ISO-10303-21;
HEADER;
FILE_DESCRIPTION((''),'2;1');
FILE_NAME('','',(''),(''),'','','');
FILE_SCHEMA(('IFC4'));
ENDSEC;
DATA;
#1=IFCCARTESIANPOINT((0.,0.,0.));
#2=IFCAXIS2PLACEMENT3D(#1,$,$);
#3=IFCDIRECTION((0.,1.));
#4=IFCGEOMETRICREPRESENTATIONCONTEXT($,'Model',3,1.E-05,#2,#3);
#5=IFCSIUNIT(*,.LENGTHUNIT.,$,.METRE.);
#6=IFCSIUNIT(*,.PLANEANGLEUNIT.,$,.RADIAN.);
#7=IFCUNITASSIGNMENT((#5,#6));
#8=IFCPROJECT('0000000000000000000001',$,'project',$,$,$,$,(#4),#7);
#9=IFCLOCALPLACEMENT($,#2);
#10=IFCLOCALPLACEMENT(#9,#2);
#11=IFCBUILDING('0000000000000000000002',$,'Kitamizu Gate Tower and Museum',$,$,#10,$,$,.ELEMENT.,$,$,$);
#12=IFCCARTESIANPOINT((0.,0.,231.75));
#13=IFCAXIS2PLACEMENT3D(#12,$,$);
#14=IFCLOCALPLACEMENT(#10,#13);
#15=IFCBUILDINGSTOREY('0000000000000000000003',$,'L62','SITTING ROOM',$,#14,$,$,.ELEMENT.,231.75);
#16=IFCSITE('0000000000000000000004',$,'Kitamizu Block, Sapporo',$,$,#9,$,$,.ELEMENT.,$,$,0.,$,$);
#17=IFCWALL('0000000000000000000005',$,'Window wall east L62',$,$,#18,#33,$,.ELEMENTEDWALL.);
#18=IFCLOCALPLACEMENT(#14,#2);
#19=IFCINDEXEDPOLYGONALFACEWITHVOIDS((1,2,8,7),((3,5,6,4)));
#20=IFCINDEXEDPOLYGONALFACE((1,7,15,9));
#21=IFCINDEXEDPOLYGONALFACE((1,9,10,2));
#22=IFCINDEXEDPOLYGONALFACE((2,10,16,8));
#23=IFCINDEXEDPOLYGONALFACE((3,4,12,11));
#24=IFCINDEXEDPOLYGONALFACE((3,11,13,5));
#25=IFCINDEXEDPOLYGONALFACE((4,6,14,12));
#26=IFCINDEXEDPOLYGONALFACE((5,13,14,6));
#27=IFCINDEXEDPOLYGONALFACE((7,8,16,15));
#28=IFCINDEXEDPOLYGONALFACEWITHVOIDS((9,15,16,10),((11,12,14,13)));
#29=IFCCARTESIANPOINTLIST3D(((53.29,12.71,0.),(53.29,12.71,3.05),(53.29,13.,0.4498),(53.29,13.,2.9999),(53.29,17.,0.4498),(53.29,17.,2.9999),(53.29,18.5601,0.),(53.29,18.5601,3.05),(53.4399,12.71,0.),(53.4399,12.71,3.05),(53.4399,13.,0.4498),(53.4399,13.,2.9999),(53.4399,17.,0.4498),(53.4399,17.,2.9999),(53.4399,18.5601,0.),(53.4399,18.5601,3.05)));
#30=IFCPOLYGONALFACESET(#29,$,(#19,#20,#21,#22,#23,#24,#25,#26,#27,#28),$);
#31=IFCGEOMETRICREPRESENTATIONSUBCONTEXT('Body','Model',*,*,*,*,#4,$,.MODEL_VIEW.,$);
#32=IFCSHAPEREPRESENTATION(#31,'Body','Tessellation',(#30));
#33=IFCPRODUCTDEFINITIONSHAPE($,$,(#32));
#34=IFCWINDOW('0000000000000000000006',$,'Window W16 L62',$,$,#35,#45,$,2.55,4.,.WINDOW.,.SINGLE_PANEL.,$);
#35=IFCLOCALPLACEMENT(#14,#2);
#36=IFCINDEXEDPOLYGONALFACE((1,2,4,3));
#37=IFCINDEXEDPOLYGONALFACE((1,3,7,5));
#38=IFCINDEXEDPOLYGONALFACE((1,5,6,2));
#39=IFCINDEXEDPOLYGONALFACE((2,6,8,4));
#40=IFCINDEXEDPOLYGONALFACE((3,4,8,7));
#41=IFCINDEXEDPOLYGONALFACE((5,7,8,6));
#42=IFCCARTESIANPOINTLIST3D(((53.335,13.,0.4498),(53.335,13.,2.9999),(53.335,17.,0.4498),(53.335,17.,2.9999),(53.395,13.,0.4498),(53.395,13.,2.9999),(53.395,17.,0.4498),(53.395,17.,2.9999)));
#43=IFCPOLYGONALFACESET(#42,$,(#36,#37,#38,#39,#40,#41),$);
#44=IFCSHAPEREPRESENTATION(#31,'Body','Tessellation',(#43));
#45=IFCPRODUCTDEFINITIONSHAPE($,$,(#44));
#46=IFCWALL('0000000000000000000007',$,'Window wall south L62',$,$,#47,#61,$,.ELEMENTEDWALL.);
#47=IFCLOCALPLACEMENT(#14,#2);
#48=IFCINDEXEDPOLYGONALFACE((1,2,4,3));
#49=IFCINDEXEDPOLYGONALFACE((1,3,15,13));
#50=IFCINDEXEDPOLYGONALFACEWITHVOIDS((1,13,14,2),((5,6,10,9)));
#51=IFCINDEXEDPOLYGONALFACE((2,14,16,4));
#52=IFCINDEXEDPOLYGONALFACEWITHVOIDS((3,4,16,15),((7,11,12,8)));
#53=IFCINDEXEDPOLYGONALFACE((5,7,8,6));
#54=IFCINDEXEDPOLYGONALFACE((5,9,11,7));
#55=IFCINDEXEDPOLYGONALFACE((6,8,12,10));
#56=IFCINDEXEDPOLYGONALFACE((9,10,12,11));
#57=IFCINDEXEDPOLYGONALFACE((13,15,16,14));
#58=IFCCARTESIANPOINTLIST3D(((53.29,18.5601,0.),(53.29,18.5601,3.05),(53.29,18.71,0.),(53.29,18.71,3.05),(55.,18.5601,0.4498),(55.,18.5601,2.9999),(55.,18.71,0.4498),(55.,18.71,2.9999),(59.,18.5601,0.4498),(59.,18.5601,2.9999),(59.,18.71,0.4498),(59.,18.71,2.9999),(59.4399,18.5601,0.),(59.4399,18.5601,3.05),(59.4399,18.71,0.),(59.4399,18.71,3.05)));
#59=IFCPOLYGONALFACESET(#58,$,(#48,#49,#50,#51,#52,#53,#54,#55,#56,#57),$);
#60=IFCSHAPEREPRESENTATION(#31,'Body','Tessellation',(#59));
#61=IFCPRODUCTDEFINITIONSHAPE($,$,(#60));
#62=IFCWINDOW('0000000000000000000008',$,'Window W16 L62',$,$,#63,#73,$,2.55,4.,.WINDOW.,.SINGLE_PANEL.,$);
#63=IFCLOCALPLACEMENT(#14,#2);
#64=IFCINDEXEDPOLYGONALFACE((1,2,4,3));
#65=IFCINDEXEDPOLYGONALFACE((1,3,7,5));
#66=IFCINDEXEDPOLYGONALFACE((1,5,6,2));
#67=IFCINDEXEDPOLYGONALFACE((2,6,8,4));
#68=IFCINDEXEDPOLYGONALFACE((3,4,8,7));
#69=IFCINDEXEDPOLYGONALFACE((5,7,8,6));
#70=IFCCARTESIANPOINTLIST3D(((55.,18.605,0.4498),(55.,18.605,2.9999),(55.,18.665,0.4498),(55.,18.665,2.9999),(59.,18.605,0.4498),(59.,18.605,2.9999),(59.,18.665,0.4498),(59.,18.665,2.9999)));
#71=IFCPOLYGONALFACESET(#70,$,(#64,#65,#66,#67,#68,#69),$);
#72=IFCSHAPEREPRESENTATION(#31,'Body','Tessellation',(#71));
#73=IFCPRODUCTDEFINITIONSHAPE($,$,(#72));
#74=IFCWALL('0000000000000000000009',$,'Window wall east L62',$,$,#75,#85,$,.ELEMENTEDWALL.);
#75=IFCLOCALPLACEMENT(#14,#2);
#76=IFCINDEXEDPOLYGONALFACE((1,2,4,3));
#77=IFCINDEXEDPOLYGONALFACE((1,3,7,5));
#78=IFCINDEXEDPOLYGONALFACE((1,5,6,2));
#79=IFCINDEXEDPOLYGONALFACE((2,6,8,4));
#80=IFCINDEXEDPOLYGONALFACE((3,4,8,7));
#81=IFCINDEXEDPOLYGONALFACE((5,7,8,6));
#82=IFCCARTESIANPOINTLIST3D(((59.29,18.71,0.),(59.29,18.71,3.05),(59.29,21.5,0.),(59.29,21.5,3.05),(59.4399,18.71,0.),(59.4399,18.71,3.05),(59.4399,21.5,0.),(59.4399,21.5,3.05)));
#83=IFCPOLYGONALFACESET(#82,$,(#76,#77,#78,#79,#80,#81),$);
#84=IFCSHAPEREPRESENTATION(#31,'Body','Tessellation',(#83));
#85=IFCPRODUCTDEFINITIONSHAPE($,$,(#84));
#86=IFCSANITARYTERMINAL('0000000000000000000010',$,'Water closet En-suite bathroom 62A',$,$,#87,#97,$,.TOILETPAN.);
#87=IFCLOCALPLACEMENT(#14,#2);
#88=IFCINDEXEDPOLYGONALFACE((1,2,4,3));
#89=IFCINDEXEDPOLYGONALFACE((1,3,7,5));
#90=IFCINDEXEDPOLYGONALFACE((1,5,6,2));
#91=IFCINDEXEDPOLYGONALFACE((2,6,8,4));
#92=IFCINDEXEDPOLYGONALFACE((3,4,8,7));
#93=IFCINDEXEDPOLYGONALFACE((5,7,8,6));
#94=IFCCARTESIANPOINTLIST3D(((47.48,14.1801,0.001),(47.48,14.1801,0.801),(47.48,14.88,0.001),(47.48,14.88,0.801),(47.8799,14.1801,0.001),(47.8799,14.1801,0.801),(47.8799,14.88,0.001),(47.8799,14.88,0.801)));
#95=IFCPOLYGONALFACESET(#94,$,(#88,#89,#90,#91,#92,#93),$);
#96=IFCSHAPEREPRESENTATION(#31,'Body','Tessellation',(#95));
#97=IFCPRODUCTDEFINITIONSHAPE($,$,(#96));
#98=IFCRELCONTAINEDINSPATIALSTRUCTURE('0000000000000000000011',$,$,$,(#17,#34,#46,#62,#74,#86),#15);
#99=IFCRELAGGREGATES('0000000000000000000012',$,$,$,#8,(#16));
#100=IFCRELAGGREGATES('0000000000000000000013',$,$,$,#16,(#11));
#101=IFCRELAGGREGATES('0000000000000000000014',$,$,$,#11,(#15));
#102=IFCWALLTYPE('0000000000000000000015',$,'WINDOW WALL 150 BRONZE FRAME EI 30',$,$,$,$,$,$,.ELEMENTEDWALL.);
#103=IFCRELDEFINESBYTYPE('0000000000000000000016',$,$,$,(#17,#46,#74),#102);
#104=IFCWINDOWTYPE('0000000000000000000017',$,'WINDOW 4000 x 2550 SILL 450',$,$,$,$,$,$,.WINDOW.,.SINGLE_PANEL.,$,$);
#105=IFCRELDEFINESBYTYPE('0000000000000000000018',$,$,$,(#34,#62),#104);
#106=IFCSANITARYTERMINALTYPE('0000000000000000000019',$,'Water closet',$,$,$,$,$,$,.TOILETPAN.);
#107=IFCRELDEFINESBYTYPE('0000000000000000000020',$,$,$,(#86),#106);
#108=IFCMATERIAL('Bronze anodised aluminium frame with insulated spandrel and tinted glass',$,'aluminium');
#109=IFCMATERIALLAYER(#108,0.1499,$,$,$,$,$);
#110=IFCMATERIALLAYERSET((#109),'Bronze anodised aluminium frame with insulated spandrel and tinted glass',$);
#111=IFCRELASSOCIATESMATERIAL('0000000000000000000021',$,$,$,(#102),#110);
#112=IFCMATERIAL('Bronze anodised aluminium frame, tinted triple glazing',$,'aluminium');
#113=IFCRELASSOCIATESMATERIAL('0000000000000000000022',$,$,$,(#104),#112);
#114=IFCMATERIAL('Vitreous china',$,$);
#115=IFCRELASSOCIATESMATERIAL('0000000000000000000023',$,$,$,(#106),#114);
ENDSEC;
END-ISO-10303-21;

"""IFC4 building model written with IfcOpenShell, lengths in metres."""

from ifc_helpers import new_model, si_unit, direction, frame, frame_2d, origin, origin_2d, place, context, subcontext, project, spatial, rectangle, extrude, material, layer, layer_set, type_object, element, fill, save


model = new_model("IFC4")

# Units and contexts
model_context = context("Model", 3, precision=1e-05, world=origin(), true_north=direction((0.0, 1.0)))
body_context = subcontext(model_context, "Body", "Model", "MODEL_VIEW")
ifc_project = project(units=[si_unit("LENGTHUNIT", "METRE"), si_unit("PLANEANGLEUNIT", "RADIAN")], contexts=[model_context])

# Site, building, storey
site_placement = place(None, origin())
site = spatial("IfcSite", under=ifc_project, at=site_placement, Name="Kitamizu Block, Sapporo", CompositionType="ELEMENT", RefElevation=0.0)
building_placement = place(site_placement, origin())
building = spatial("IfcBuilding", under=site, at=building_placement, Name="Kitamizu Gate Tower and Museum", CompositionType="ELEMENT")
storey_placement = place(building_placement, frame((0.0, 0.0, 231.75)))
storey = spatial("IfcBuildingStorey", under=building, at=storey_placement, Name="L62", Description="SITTING ROOM", CompositionType="ELEMENT", Elevation=231.75)

# Walls, openings, windows
ifc_material_1 = material(Name="Bronze anodised aluminium frame with insulated spandrel and tinted glass", Category="aluminium")
ifc_layer_1 = layer(ifc_material_1, 0.1499)
ifc_layer_set_1 = layer_set([ifc_layer_1], Name="Bronze anodised aluminium frame with insulated spandrel and tinted glass")
wall_type_1 = type_object("IfcWallType", Name="WINDOW WALL 150 BRONZE FRAME EI 30", PredefinedType="ELEMENTEDWALL", material=ifc_layer_set_1)
wall_1_placement = place(storey_placement, frame((53.365, 12.71, 0.0), z_axis=(0.0, 0.0, 1.0), x_axis=(0.0, 1.0, 0.0)))
wall_1 = element("IfcWall", 1, at=wall_1_placement, inside=storey, type_object=wall_type_1, Name="Window wall east L62", PredefinedType="ELEMENTEDWALL", context=body_context, shape_type="SweptSolid", body=[
    extrude(rectangle(XDim=5.8501, YDim=0.1499, at=frame_2d((2.925, 0.0))), origin(), (0.0, 0.0, 1.0), 3.05),
])
opening_1_placement = place(wall_1_placement, frame((0.29, 0.0, 0.45)))
opening_1 = element("IfcOpeningElement", 2, at=opening_1_placement, cuts=wall_1, PredefinedType="OPENING", context=body_context, shape_type="SweptSolid", body=[
    extrude(rectangle(XDim=4.0, YDim=2.55, at=frame_2d((2.0, 1.2749))), frame((0.0, 0.085, 0.0), z_axis=(0.0, -1.0, 0.0), x_axis=(1.0, 0.0, 0.0)), (0.0, 0.0, 1.0), 0.1699),
])
ifc_material_2 = material(Name="Bronze anodised aluminium frame, tinted triple glazing", Category="aluminium")
window_type = type_object("IfcWindowType", Name="WINDOW 4000 x 2550 SILL 450", PartitioningType="SINGLE_PANEL", PredefinedType="WINDOW", material=ifc_material_2)
window_1_placement = place(opening_1_placement, origin())
window_1 = element("IfcWindow", 3, at=window_1_placement, inside=storey, type_object=window_type, Name="Window W16 L62", OverallHeight=2.55, OverallWidth=4.0, PartitioningType="SINGLE_PANEL", PredefinedType="WINDOW", context=body_context, shape_type="SweptSolid", body=[
    extrude(rectangle(XDim=4.0, YDim=2.55, at=frame_2d((2.0, 1.2749))), frame((0.0, 0.03, 0.0), z_axis=(0.0, -1.0, 0.0), x_axis=(1.0, 0.0, 0.0)), (0.0, 0.0, 1.0), 0.0601),
])
fill(opening_1, window_1)
wall_2_placement = place(storey_placement, frame((53.29, 18.635, 0.0), z_axis=(0.0, 0.0, 1.0), x_axis=(1.0, 0.0, 0.0)))
wall_2 = element("IfcWall", 4, at=wall_2_placement, inside=storey, type_object=wall_type_1, Name="Window wall south L62", PredefinedType="ELEMENTEDWALL", context=body_context, shape_type="SweptSolid", body=[
    extrude(rectangle(XDim=6.1499, YDim=0.1499, at=frame_2d((3.075, 0.0))), origin(), (0.0, 0.0, 1.0), 3.05),
])
opening_2_placement = place(wall_2_placement, frame((1.71, 0.0, 0.45)))
opening_2 = element("IfcOpeningElement", 5, at=opening_2_placement, cuts=wall_2, PredefinedType="OPENING", context=body_context, shape_type="SweptSolid", body=[
    extrude(rectangle(XDim=4.0, YDim=2.55, at=frame_2d((2.0, 1.2749))), frame((0.0, 0.085, 0.0), z_axis=(0.0, -1.0, 0.0), x_axis=(1.0, 0.0, 0.0)), (0.0, 0.0, 1.0), 0.1699),
])
window_2_placement = place(opening_2_placement, origin())
window_2 = element("IfcWindow", 6, at=window_2_placement, inside=storey, type_object=window_type, Name="Window W16 L62", OverallHeight=2.55, OverallWidth=4.0, PartitioningType="SINGLE_PANEL", PredefinedType="WINDOW", context=body_context, shape_type="SweptSolid", body=[
    extrude(rectangle(XDim=4.0, YDim=2.55, at=frame_2d((2.0, 1.2749))), frame((0.0, 0.03, 0.0), z_axis=(0.0, -1.0, 0.0), x_axis=(1.0, 0.0, 0.0)), (0.0, 0.0, 1.0), 0.0601),
])
fill(opening_2, window_2)

# Wall
wall_3_placement = place(storey_placement, frame((59.365, 18.71, 0.0), z_axis=(0.0, 0.0, 1.0), x_axis=(0.0, 1.0, 0.0)))
element("IfcWall", 7, at=wall_3_placement, inside=storey, type_object=wall_type_1, Name="Window wall east L62", PredefinedType="ELEMENTEDWALL", context=body_context, shape_type="SweptSolid", body=[
    extrude(rectangle(XDim=2.79, YDim=0.1499, at=frame_2d((1.395, 0.0))), origin(), (0.0, 0.0, 1.0), 3.05),
])

# Sanitary terminal
ifc_material_3 = material(Name="Vitreous china")
sanitary_terminal_type = type_object("IfcSanitaryTerminalType", Name="Water closet", PredefinedType="TOILETPAN", material=ifc_material_3)
sanitary_terminal_placement = place(storey_placement, frame((47.6799, 14.53, 0.001), z_axis=(0.0, 0.0, 1.0), x_axis=(1.0, 0.0, 0.0)))
element("IfcSanitaryTerminal", 8, at=sanitary_terminal_placement, inside=storey, type_object=sanitary_terminal_type, Name="Water closet En-suite bathroom 62A", PredefinedType="TOILETPAN", context=body_context, shape_type="SweptSolid", body=[
    extrude(rectangle(XDim=0.3999, YDim=0.7, at=origin_2d()), origin(), (0.0, 0.0, 1.0), 0.8),
])

save(model, "model.ifc")
